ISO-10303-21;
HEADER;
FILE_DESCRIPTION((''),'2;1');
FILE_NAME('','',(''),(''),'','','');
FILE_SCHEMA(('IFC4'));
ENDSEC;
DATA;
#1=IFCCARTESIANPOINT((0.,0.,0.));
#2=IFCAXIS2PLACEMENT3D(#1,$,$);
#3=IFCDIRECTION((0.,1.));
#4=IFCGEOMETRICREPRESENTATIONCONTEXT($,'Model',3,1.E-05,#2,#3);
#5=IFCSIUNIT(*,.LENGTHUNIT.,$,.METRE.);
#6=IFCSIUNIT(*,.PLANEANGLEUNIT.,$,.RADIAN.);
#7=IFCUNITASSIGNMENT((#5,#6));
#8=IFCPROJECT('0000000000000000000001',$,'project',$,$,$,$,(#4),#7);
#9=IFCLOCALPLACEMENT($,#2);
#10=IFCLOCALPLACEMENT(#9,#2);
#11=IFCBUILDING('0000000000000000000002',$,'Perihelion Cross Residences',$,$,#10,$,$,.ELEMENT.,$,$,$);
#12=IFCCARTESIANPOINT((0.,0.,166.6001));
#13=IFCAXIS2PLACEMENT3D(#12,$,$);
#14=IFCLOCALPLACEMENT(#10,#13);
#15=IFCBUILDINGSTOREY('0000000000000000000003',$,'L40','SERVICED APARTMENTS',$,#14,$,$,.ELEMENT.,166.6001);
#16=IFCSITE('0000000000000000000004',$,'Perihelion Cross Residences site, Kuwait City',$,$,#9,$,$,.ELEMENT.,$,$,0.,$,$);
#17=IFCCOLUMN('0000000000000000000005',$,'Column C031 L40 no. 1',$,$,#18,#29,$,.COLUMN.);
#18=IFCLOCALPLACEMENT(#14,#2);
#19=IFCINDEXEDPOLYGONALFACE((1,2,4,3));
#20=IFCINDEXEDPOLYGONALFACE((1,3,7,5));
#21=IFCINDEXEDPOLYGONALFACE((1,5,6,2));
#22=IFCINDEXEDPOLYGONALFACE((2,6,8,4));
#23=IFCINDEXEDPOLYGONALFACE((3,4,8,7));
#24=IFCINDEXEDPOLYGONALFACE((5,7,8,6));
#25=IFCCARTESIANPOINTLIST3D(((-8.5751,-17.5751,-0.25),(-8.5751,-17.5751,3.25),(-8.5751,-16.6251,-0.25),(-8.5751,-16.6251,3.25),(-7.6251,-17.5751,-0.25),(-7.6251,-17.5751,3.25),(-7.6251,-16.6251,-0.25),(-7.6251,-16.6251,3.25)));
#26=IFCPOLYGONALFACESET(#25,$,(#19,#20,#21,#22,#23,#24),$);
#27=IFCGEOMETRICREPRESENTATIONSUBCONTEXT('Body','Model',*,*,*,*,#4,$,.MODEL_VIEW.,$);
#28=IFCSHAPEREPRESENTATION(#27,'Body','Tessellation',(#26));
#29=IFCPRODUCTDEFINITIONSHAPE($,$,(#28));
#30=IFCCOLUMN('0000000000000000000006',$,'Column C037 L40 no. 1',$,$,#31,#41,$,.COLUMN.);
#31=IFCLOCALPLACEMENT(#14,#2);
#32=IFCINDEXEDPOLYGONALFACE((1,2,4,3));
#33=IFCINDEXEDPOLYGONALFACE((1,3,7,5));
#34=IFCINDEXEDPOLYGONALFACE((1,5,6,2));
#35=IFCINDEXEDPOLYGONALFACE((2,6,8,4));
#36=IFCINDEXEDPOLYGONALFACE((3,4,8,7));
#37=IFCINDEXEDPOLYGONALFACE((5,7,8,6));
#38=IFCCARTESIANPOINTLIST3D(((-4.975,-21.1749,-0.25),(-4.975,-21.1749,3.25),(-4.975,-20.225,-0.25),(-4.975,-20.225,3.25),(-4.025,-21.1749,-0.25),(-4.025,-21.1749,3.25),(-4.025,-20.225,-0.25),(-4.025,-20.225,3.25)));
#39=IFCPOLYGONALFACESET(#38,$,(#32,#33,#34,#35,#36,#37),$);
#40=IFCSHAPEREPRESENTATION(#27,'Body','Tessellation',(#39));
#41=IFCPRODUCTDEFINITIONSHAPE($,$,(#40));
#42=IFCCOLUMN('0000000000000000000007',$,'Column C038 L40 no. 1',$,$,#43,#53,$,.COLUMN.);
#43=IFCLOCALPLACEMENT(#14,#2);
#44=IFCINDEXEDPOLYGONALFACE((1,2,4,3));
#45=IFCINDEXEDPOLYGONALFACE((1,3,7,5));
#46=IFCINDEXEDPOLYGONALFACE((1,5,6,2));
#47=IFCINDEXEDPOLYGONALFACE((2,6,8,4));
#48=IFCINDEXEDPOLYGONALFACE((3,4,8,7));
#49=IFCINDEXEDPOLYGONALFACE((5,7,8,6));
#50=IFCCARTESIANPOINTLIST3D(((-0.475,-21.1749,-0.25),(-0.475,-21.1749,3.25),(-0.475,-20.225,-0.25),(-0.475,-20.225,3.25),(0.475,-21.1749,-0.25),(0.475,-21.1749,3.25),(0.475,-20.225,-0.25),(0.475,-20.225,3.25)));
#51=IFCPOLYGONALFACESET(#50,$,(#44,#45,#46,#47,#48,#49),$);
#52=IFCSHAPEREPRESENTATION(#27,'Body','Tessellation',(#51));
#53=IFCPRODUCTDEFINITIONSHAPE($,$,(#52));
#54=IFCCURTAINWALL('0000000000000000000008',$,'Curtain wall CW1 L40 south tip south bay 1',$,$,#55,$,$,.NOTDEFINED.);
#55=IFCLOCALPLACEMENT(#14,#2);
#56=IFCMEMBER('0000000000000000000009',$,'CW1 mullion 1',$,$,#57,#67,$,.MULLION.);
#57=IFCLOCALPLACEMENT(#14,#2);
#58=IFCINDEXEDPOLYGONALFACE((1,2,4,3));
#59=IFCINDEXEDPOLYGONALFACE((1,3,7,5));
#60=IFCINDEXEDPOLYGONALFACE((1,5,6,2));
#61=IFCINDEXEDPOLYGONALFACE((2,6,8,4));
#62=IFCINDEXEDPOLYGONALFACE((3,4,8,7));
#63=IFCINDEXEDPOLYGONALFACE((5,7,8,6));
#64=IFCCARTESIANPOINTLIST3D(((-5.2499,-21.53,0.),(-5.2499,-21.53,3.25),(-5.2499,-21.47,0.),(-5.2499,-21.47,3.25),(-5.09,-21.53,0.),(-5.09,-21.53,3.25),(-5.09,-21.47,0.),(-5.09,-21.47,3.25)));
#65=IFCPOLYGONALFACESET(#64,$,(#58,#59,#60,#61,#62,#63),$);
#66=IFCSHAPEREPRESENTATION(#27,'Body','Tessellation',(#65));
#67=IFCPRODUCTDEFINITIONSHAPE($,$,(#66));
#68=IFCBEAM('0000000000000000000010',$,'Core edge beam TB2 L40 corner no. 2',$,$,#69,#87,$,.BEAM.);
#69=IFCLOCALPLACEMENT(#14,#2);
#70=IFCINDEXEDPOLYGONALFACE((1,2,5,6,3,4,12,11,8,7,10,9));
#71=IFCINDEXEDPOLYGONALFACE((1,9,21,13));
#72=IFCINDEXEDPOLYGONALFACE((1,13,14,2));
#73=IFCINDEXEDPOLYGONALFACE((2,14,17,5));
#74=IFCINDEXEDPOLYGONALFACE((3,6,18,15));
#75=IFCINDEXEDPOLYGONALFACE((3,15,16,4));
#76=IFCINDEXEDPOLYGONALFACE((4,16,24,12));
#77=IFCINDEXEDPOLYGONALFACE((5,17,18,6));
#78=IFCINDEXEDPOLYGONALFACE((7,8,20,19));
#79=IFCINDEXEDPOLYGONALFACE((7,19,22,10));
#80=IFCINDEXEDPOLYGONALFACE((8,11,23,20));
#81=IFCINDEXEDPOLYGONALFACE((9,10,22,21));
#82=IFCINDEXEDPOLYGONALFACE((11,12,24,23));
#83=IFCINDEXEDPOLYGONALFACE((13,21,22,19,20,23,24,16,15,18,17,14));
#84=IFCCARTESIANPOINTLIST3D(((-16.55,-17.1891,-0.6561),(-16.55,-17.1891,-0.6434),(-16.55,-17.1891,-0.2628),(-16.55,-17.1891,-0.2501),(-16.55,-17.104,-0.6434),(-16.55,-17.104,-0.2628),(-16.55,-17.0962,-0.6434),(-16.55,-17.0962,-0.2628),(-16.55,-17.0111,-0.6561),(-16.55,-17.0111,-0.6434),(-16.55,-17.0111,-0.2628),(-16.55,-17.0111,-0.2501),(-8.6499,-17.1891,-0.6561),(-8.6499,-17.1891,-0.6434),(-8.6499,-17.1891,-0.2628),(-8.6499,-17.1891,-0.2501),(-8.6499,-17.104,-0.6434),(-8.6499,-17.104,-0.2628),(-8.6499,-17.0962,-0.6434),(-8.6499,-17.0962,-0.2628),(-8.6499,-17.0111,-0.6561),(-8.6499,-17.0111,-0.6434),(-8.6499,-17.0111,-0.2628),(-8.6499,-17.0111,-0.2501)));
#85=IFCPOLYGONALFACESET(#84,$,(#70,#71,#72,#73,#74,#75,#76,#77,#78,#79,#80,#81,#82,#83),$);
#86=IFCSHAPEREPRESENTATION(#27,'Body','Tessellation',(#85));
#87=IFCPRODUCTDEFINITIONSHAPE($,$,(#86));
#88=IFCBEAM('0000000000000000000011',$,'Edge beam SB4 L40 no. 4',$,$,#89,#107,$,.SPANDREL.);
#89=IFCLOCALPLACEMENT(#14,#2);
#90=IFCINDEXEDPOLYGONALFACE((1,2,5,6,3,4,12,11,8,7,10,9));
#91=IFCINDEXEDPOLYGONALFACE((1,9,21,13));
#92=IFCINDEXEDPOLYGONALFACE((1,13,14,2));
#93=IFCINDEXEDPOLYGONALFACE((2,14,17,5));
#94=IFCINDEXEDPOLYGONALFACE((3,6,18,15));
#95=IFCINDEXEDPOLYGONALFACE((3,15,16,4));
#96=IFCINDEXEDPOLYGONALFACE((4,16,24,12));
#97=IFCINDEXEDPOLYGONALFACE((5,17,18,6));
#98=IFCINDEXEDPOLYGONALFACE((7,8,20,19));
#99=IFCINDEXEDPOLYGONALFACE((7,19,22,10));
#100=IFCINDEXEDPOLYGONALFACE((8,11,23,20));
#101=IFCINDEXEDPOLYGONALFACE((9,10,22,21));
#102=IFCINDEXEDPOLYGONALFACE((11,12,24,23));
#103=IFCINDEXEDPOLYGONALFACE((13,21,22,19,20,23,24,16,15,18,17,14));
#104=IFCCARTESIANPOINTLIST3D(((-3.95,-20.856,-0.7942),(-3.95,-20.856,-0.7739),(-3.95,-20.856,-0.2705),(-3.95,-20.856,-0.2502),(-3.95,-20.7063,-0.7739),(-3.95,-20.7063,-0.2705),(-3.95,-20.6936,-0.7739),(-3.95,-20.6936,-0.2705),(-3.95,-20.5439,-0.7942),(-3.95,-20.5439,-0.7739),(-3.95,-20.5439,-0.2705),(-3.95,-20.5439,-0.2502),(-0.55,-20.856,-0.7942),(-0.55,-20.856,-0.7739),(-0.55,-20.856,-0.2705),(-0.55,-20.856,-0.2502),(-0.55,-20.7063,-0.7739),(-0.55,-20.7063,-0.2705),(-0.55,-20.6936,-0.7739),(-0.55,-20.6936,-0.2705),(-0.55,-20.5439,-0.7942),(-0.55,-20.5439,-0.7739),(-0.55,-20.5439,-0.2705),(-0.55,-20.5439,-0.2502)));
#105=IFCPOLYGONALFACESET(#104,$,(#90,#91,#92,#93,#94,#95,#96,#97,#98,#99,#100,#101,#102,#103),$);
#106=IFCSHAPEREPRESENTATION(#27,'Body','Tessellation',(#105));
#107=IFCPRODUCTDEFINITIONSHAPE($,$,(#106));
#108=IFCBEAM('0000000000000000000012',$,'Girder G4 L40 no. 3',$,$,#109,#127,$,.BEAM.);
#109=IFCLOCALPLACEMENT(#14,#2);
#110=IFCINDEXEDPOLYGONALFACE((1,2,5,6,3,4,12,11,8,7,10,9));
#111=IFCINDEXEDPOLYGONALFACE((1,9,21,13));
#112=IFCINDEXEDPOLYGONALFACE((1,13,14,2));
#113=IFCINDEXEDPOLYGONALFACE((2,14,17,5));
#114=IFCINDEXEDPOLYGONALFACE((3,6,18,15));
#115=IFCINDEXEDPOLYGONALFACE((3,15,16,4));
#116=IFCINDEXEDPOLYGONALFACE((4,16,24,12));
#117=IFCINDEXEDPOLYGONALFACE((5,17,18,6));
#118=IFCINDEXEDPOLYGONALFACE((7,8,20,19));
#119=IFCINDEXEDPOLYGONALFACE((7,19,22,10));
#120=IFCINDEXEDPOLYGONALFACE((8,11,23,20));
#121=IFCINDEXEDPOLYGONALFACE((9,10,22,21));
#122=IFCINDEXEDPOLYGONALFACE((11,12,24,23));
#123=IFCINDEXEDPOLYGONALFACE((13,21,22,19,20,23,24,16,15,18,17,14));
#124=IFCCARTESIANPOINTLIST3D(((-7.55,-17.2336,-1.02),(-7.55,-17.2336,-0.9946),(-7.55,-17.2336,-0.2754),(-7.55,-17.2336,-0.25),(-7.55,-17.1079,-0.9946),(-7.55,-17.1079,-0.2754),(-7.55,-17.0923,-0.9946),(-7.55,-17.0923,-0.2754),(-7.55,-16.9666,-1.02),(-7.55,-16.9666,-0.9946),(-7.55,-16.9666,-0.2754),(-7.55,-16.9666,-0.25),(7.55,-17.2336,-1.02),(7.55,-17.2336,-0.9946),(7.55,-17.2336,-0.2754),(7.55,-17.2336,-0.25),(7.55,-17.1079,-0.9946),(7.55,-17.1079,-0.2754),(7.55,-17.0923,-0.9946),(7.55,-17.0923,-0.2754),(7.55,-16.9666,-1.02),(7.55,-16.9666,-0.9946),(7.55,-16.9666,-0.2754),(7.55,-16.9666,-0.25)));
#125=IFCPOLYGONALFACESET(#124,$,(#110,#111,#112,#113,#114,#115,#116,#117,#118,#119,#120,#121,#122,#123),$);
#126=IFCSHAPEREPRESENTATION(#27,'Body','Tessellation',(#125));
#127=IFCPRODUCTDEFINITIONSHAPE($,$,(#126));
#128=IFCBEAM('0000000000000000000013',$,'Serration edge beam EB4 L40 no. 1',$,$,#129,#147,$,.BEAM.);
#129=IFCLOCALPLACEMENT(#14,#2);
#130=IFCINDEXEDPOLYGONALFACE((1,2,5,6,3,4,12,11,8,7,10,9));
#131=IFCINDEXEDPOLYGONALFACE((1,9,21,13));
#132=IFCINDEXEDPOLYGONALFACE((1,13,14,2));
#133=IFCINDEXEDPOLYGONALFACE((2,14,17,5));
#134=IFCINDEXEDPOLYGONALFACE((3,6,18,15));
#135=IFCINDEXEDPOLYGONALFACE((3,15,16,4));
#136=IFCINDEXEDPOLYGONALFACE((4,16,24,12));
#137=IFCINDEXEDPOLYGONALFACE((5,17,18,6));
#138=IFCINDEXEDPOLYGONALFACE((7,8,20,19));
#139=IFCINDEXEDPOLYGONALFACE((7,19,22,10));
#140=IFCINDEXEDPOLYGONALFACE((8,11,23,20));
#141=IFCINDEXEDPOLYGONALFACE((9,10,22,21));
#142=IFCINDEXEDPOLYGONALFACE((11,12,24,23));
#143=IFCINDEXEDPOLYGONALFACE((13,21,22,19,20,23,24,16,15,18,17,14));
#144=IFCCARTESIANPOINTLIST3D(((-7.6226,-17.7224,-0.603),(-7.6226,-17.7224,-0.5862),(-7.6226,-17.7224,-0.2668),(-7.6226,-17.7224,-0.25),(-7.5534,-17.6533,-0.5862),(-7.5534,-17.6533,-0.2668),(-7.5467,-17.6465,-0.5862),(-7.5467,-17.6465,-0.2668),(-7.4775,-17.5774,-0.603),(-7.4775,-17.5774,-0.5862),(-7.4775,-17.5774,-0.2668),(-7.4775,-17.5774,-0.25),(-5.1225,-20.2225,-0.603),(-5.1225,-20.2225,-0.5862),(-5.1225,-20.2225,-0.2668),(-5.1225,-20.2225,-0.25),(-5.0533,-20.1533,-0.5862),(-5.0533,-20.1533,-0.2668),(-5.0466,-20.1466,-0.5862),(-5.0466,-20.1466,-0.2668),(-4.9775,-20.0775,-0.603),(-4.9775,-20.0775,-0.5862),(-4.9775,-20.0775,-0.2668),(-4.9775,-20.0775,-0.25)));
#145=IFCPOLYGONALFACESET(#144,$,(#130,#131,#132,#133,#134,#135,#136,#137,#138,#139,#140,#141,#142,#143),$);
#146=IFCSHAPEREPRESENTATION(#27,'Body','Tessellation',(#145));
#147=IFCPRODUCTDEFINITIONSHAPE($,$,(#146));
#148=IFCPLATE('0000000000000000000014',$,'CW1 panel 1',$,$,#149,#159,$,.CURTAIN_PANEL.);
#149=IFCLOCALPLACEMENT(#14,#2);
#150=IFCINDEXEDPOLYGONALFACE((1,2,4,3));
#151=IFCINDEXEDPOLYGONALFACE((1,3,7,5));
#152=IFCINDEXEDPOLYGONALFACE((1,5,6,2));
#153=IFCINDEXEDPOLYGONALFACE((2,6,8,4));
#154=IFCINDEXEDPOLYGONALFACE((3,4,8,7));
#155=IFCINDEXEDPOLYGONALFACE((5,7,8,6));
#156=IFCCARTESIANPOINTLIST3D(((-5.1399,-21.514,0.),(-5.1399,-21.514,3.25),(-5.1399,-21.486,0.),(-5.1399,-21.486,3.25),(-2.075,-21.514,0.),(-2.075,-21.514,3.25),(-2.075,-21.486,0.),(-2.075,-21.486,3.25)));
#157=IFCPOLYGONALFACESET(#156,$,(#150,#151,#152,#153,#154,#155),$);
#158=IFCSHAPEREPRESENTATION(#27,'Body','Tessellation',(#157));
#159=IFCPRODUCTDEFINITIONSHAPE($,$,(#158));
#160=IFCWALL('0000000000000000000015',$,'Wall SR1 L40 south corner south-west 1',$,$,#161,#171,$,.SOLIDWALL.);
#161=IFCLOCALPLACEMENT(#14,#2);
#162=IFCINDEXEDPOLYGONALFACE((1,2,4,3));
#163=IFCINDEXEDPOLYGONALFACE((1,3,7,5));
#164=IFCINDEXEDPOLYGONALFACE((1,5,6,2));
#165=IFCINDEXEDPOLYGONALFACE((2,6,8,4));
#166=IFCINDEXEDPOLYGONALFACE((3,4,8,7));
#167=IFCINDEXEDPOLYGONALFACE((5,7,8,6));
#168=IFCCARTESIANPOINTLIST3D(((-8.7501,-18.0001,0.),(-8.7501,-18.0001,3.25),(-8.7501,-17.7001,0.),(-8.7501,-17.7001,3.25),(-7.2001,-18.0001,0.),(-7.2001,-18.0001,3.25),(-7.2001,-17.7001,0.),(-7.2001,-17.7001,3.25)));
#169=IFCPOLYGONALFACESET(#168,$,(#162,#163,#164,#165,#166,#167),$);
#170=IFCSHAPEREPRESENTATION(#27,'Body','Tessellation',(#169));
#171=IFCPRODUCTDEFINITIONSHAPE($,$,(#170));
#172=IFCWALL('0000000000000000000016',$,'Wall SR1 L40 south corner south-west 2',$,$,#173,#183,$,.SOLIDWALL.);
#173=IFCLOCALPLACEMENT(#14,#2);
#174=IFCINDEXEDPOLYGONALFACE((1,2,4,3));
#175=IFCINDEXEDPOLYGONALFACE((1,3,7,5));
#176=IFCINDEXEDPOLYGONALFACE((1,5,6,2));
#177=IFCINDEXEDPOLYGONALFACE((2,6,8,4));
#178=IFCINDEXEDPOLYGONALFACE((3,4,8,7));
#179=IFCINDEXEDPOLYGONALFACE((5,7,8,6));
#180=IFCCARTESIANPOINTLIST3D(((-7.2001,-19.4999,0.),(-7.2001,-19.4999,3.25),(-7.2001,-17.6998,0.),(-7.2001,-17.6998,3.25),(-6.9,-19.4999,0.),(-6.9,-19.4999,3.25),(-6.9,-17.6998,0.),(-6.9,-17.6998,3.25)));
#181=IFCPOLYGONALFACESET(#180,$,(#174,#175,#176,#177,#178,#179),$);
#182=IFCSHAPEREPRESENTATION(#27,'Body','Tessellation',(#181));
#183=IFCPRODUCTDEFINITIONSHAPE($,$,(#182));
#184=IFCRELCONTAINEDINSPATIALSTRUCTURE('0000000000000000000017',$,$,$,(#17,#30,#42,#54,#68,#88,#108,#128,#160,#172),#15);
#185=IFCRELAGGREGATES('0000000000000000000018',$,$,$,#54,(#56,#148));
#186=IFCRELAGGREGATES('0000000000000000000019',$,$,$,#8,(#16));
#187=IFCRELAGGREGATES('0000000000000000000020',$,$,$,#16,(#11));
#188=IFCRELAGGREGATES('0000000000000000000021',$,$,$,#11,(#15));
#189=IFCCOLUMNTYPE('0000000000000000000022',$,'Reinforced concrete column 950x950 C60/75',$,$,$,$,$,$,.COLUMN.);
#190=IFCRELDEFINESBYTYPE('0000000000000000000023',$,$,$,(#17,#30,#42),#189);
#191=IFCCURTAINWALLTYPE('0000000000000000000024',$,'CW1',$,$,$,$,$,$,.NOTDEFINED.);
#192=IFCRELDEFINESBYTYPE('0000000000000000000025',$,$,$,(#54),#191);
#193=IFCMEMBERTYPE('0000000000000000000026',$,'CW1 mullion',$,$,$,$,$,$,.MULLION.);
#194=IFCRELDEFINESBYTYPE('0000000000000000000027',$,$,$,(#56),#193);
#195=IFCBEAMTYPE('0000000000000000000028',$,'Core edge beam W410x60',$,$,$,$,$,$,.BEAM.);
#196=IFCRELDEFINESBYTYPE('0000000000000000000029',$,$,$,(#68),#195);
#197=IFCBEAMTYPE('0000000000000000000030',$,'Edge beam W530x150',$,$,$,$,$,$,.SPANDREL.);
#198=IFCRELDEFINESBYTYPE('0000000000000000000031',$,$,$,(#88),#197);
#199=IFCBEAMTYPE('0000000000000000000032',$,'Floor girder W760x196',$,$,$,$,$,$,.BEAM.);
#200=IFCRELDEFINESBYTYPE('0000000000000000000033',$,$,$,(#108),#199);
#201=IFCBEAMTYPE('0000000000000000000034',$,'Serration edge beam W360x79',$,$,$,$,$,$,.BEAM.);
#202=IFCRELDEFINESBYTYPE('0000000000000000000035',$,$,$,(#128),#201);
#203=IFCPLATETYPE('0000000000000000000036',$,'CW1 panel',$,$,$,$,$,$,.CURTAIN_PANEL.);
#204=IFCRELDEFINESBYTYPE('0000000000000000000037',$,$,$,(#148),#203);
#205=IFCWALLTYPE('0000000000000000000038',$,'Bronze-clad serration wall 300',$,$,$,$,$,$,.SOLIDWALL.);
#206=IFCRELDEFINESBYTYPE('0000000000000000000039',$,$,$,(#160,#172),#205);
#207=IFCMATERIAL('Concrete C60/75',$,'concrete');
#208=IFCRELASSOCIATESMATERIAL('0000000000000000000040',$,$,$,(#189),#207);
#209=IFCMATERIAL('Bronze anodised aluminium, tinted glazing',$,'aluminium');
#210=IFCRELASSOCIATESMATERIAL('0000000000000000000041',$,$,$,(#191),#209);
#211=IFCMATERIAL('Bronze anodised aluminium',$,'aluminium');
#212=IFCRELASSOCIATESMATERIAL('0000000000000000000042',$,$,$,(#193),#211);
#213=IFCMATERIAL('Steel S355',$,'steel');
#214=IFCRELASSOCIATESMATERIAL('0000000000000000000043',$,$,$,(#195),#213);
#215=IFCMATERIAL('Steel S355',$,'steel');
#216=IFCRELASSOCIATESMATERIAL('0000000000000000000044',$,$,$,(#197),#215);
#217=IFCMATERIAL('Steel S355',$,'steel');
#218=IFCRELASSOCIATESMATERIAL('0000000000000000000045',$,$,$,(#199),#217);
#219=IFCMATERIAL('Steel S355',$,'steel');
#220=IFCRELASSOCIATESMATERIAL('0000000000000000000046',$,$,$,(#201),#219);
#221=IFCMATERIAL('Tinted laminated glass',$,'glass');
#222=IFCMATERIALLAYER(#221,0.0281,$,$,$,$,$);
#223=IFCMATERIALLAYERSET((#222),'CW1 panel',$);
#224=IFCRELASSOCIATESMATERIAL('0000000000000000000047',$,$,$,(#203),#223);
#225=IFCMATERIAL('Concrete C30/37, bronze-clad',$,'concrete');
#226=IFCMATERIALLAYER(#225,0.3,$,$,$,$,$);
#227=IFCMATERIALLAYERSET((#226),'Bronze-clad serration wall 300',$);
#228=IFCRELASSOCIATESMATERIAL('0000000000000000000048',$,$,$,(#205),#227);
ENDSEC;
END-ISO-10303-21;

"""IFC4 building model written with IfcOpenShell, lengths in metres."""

from ifc_helpers import new_model, si_unit, direction, frame, frame_2d, origin, origin_2d, place, context, subcontext, project, spatial, rectangle, i_section, extrude, material, layer, layer_set, material_profile, profile_set, type_object, element, aggregate, save


model = new_model("IFC4")

# Units and contexts
model_context = context("Model", 3, precision=1e-05, world=origin(), true_north=direction((0.0, 1.0)))
body_context = subcontext(model_context, "Body", "Model", "MODEL_VIEW")
ifc_project = project(units=[si_unit("LENGTHUNIT", "METRE"), si_unit("PLANEANGLEUNIT", "RADIAN")], contexts=[model_context])

# Site, building, storey
site_placement = place(None, origin())
site = spatial("IfcSite", under=ifc_project, at=site_placement, Name="Perihelion Cross Residences site, Kuwait City", CompositionType="ELEMENT", RefElevation=0.0)
building_placement = place(site_placement, origin())
building = spatial("IfcBuilding", under=site, at=building_placement, Name="Perihelion Cross Residences", CompositionType="ELEMENT")
storey_placement = place(building_placement, frame((0.0, 0.0, 166.6001)))
storey = spatial("IfcBuildingStorey", under=building, at=storey_placement, Name="L40", Description="SERVICED APARTMENTS", CompositionType="ELEMENT", Elevation=166.6001)

# Columns
ifc_material_1 = material(Name="Concrete C60/75", Category="concrete")
ifc_material_profile_1 = material_profile(ifc_material_1, rectangle(XDim=0.95, YDim=0.95, at=origin_2d()), Name="RC 950x950")
ifc_profile_set_1 = profile_set([ifc_material_profile_1], Name="Concrete C60/75")
column_type = type_object("IfcColumnType", Name="Reinforced concrete column 950x950 C60/75", PredefinedType="COLUMN", material=ifc_profile_set_1)
for number, where, z_axis, x_axis, name in (
    (1, (-8.1001, -17.1001, -0.25), (0.0, 0.0, 1.0), (1.0, 0.0, 0.0), "Column C031 L40 no. 1"),
    (2, (-4.5, -20.7, -0.25), (0.0, 0.0, 1.0), (1.0, 0.0, 0.0), "Column C037 L40 no. 1"),
    (3, (0.0, -20.7, -0.25), (0.0, 0.0, 1.0), (1.0, 0.0, 0.0), "Column C038 L40 no. 1"),
):
    element("IfcColumn", number, at=place(storey_placement, frame(where, z_axis=z_axis, x_axis=x_axis)), inside=storey, type_object=column_type, Name=name, PredefinedType="COLUMN", context=body_context, shape_type="SweptSolid", body=[
        extrude(rectangle(XDim=0.95, YDim=0.95, at=origin_2d()), origin(), (0.0, 0.0, 1.0), 3.5),
    ])

# Curtain wall, member
ifc_material_2 = material(Name="Bronze anodised aluminium, tinted glazing", Category="aluminium")
curtain_wall_type = type_object("IfcCurtainWallType", Name="CW1", PredefinedType="NOTDEFINED", material=ifc_material_2)
curtain_wall_placement = place(storey_placement, origin())
curtain_wall = element("IfcCurtainWall", 4, at=curtain_wall_placement, inside=storey, type_object=curtain_wall_type, Name="Curtain wall CW1 L40 south tip south bay 1", PredefinedType="NOTDEFINED")
ifc_material_3 = material(Name="Bronze anodised aluminium", Category="aluminium")
ifc_material_profile_2 = material_profile(ifc_material_3, rectangle(XDim=0.0601, YDim=0.1599, at=origin_2d()), Name="CW1 mullion")
ifc_profile_set_2 = profile_set([ifc_material_profile_2], Name="Bronze anodised aluminium")
member_type = type_object("IfcMemberType", Name="CW1 mullion", PredefinedType="MULLION", material=ifc_profile_set_2)
member_placement = place(storey_placement, frame((-5.1699, -21.5, 0.0), z_axis=(0.0, 0.0, 1.0), x_axis=(0.0, 1.0, 0.0)))
member = element("IfcMember", 5, at=member_placement, type_object=member_type, Name="CW1 mullion 1", PredefinedType="MULLION", context=body_context, shape_type="SweptSolid", body=[
    extrude(rectangle(XDim=0.0601, YDim=0.1599, at=origin_2d()), origin(), (0.0, 0.0, 1.0), 3.25),
])

# Beams
ifc_material_4 = material(Name="Steel S355", Category="steel")
ifc_material_profile_3 = material_profile(ifc_material_4, i_section(OverallWidth=0.178, OverallDepth=0.406, WebThickness=0.0078, FlangeThickness=0.0127, at=origin_2d()), Name="W410x60")
ifc_profile_set_3 = profile_set([ifc_material_profile_3], Name="Steel S355")
beam_type_1 = type_object("IfcBeamType", Name="Core edge beam W410x60", PredefinedType="BEAM", material=ifc_profile_set_3)
beam_1_placement = place(storey_placement, frame((-8.6499, -17.1001, -0.4531), z_axis=(-1.0, 0.0, 0.0), x_axis=(0.0, -1.0, 0.0)))
element("IfcBeam", 6, at=beam_1_placement, inside=storey, type_object=beam_type_1, Name="Core edge beam TB2 L40 corner no. 2", PredefinedType="BEAM", context=body_context, shape_type="SweptSolid", body=[
    extrude(i_section(OverallWidth=0.178, OverallDepth=0.406, WebThickness=0.0078, FlangeThickness=0.0127, at=origin_2d()), origin(), (0.0, 0.0, 1.0), 7.9001),
])
ifc_material_5 = material(Name="Steel S355", Category="steel")
ifc_material_profile_4 = material_profile(ifc_material_5, i_section(OverallWidth=0.312, OverallDepth=0.5439, WebThickness=0.0127, FlangeThickness=0.0203, at=origin_2d()), Name="W530x150")
ifc_profile_set_4 = profile_set([ifc_material_profile_4], Name="Steel S355")
beam_type_2 = type_object("IfcBeamType", Name="Edge beam W530x150", PredefinedType="SPANDREL", material=ifc_profile_set_4)
beam_2_placement = place(storey_placement, frame((-3.95, -20.7, -0.5222), z_axis=(1.0, 0.0, 0.0), x_axis=(0.0, 1.0, 0.0)))
element("IfcBeam", 7, at=beam_2_placement, inside=storey, type_object=beam_type_2, Name="Edge beam SB4 L40 no. 4", PredefinedType="SPANDREL", context=body_context, shape_type="SweptSolid", body=[
    extrude(i_section(OverallWidth=0.312, OverallDepth=0.5439, WebThickness=0.0127, FlangeThickness=0.0203, at=origin_2d()), origin(), (0.0, 0.0, 1.0), 3.3999),
])
ifc_material_6 = material(Name="Steel S355", Category="steel")
ifc_material_profile_5 = material_profile(ifc_material_6, i_section(OverallWidth=0.2671, OverallDepth=0.77, WebThickness=0.0156, FlangeThickness=0.0254, at=origin_2d()), Name="W760x196")
ifc_profile_set_5 = profile_set([ifc_material_profile_5], Name="Steel S355")
beam_type_3 = type_object("IfcBeamType", Name="Floor girder W760x196", PredefinedType="BEAM", material=ifc_profile_set_5)
beam_3_placement = place(storey_placement, frame((-7.55, -17.1001, -0.635), z_axis=(1.0, 0.0, 0.0), x_axis=(0.0, 1.0, 0.0)))
element("IfcBeam", 8, at=beam_3_placement, inside=storey, type_object=beam_type_3, Name="Girder G4 L40 no. 3", PredefinedType="BEAM", context=body_context, shape_type="SweptSolid", body=[
    extrude(i_section(OverallWidth=0.2671, OverallDepth=0.77, WebThickness=0.0156, FlangeThickness=0.0254, at=origin_2d()), origin(), (0.0, 0.0, 1.0), 15.1001),
])
ifc_material_7 = material(Name="Steel S355", Category="steel")
ifc_material_profile_6 = material_profile(ifc_material_7, i_section(OverallWidth=0.2051, OverallDepth=0.353, WebThickness=0.0095, FlangeThickness=0.0168, at=origin_2d()), Name="W360x79")
ifc_profile_set_6 = profile_set([ifc_material_profile_6], Name="Steel S355")
beam_type_4 = type_object("IfcBeamType", Name="Serration edge beam W360x79", PredefinedType="BEAM", material=ifc_profile_set_6)
beam_4_placement = place(storey_placement, frame((-7.55, -17.6499, -0.4265), z_axis=(0.707107, -0.707107, 0.0), x_axis=(0.707107, 0.707107, 0.0)))
element("IfcBeam", 9, at=beam_4_placement, inside=storey, type_object=beam_type_4, Name="Serration edge beam EB4 L40 no. 1", PredefinedType="BEAM", context=body_context, shape_type="SweptSolid", body=[
    extrude(i_section(OverallWidth=0.2051, OverallDepth=0.353, WebThickness=0.0095, FlangeThickness=0.0168, at=origin_2d()), origin(), (0.0, 0.0, 1.0), 3.5356),
])

# Plate
ifc_material_8 = material(Name="Tinted laminated glass", Category="glass")
ifc_layer_1 = layer(ifc_material_8, 0.0281)
ifc_layer_set_1 = layer_set([ifc_layer_1], Name="CW1 panel")
plate_type = type_object("IfcPlateType", Name="CW1 panel", PredefinedType="CURTAIN_PANEL", material=ifc_layer_set_1)
plate_placement = place(storey_placement, frame((-3.6074, -21.5, 0.0), z_axis=(0.0, 0.0, 1.0), x_axis=(1.0, 0.0, 0.0)))
plate = element("IfcPlate", 10, at=plate_placement, type_object=plate_type, Name="CW1 panel 1", PredefinedType="CURTAIN_PANEL", context=body_context, shape_type="SweptSolid", body=[
    extrude(rectangle(XDim=3.0649, YDim=0.0281, at=origin_2d()), origin(), (0.0, 0.0, 1.0), 3.25),
])
aggregate(curtain_wall, [member, plate])

# Walls
ifc_material_9 = material(Name="Concrete C30/37, bronze-clad", Category="concrete")
ifc_layer_2 = layer(ifc_material_9, 0.3)
ifc_layer_set_2 = layer_set([ifc_layer_2], Name="Bronze-clad serration wall 300")
wall_type_1 = type_object("IfcWallType", Name="Bronze-clad serration wall 300", PredefinedType="SOLIDWALL", material=ifc_layer_set_2)
wall_1_placement = place(storey_placement, frame((-8.75, -17.8501, 0.0), z_axis=(0.0, 0.0, 1.0), x_axis=(1.0, 0.0, 0.0)))
element("IfcWall", 11, at=wall_1_placement, inside=storey, type_object=wall_type_1, Name="Wall SR1 L40 south corner south-west 1", PredefinedType="SOLIDWALL", context=body_context, shape_type="SweptSolid", body=[
    extrude(rectangle(XDim=1.55, YDim=0.3, at=frame_2d((0.7749, 0.0))), origin(), (0.0, 0.0, 1.0), 3.25),
])
for number, where, z_axis, x_axis, name in (
    (12, (-7.05, -17.7, 0.0), (0.0, 0.0, 1.0), (0.0, -1.0, 0.0), "Wall SR1 L40 south corner south-west 2"),
):
    element("IfcWall", number, at=place(storey_placement, frame(where, z_axis=z_axis, x_axis=x_axis)), inside=storey, type_object=wall_type_1, Name=name, PredefinedType="SOLIDWALL", context=body_context, shape_type="SweptSolid", body=[
        extrude(rectangle(XDim=1.8, YDim=0.3, at=frame_2d((0.8999, 0.0))), origin(), (0.0, 0.0, 1.0), 3.25),
    ])

save(model, "model.ifc")
